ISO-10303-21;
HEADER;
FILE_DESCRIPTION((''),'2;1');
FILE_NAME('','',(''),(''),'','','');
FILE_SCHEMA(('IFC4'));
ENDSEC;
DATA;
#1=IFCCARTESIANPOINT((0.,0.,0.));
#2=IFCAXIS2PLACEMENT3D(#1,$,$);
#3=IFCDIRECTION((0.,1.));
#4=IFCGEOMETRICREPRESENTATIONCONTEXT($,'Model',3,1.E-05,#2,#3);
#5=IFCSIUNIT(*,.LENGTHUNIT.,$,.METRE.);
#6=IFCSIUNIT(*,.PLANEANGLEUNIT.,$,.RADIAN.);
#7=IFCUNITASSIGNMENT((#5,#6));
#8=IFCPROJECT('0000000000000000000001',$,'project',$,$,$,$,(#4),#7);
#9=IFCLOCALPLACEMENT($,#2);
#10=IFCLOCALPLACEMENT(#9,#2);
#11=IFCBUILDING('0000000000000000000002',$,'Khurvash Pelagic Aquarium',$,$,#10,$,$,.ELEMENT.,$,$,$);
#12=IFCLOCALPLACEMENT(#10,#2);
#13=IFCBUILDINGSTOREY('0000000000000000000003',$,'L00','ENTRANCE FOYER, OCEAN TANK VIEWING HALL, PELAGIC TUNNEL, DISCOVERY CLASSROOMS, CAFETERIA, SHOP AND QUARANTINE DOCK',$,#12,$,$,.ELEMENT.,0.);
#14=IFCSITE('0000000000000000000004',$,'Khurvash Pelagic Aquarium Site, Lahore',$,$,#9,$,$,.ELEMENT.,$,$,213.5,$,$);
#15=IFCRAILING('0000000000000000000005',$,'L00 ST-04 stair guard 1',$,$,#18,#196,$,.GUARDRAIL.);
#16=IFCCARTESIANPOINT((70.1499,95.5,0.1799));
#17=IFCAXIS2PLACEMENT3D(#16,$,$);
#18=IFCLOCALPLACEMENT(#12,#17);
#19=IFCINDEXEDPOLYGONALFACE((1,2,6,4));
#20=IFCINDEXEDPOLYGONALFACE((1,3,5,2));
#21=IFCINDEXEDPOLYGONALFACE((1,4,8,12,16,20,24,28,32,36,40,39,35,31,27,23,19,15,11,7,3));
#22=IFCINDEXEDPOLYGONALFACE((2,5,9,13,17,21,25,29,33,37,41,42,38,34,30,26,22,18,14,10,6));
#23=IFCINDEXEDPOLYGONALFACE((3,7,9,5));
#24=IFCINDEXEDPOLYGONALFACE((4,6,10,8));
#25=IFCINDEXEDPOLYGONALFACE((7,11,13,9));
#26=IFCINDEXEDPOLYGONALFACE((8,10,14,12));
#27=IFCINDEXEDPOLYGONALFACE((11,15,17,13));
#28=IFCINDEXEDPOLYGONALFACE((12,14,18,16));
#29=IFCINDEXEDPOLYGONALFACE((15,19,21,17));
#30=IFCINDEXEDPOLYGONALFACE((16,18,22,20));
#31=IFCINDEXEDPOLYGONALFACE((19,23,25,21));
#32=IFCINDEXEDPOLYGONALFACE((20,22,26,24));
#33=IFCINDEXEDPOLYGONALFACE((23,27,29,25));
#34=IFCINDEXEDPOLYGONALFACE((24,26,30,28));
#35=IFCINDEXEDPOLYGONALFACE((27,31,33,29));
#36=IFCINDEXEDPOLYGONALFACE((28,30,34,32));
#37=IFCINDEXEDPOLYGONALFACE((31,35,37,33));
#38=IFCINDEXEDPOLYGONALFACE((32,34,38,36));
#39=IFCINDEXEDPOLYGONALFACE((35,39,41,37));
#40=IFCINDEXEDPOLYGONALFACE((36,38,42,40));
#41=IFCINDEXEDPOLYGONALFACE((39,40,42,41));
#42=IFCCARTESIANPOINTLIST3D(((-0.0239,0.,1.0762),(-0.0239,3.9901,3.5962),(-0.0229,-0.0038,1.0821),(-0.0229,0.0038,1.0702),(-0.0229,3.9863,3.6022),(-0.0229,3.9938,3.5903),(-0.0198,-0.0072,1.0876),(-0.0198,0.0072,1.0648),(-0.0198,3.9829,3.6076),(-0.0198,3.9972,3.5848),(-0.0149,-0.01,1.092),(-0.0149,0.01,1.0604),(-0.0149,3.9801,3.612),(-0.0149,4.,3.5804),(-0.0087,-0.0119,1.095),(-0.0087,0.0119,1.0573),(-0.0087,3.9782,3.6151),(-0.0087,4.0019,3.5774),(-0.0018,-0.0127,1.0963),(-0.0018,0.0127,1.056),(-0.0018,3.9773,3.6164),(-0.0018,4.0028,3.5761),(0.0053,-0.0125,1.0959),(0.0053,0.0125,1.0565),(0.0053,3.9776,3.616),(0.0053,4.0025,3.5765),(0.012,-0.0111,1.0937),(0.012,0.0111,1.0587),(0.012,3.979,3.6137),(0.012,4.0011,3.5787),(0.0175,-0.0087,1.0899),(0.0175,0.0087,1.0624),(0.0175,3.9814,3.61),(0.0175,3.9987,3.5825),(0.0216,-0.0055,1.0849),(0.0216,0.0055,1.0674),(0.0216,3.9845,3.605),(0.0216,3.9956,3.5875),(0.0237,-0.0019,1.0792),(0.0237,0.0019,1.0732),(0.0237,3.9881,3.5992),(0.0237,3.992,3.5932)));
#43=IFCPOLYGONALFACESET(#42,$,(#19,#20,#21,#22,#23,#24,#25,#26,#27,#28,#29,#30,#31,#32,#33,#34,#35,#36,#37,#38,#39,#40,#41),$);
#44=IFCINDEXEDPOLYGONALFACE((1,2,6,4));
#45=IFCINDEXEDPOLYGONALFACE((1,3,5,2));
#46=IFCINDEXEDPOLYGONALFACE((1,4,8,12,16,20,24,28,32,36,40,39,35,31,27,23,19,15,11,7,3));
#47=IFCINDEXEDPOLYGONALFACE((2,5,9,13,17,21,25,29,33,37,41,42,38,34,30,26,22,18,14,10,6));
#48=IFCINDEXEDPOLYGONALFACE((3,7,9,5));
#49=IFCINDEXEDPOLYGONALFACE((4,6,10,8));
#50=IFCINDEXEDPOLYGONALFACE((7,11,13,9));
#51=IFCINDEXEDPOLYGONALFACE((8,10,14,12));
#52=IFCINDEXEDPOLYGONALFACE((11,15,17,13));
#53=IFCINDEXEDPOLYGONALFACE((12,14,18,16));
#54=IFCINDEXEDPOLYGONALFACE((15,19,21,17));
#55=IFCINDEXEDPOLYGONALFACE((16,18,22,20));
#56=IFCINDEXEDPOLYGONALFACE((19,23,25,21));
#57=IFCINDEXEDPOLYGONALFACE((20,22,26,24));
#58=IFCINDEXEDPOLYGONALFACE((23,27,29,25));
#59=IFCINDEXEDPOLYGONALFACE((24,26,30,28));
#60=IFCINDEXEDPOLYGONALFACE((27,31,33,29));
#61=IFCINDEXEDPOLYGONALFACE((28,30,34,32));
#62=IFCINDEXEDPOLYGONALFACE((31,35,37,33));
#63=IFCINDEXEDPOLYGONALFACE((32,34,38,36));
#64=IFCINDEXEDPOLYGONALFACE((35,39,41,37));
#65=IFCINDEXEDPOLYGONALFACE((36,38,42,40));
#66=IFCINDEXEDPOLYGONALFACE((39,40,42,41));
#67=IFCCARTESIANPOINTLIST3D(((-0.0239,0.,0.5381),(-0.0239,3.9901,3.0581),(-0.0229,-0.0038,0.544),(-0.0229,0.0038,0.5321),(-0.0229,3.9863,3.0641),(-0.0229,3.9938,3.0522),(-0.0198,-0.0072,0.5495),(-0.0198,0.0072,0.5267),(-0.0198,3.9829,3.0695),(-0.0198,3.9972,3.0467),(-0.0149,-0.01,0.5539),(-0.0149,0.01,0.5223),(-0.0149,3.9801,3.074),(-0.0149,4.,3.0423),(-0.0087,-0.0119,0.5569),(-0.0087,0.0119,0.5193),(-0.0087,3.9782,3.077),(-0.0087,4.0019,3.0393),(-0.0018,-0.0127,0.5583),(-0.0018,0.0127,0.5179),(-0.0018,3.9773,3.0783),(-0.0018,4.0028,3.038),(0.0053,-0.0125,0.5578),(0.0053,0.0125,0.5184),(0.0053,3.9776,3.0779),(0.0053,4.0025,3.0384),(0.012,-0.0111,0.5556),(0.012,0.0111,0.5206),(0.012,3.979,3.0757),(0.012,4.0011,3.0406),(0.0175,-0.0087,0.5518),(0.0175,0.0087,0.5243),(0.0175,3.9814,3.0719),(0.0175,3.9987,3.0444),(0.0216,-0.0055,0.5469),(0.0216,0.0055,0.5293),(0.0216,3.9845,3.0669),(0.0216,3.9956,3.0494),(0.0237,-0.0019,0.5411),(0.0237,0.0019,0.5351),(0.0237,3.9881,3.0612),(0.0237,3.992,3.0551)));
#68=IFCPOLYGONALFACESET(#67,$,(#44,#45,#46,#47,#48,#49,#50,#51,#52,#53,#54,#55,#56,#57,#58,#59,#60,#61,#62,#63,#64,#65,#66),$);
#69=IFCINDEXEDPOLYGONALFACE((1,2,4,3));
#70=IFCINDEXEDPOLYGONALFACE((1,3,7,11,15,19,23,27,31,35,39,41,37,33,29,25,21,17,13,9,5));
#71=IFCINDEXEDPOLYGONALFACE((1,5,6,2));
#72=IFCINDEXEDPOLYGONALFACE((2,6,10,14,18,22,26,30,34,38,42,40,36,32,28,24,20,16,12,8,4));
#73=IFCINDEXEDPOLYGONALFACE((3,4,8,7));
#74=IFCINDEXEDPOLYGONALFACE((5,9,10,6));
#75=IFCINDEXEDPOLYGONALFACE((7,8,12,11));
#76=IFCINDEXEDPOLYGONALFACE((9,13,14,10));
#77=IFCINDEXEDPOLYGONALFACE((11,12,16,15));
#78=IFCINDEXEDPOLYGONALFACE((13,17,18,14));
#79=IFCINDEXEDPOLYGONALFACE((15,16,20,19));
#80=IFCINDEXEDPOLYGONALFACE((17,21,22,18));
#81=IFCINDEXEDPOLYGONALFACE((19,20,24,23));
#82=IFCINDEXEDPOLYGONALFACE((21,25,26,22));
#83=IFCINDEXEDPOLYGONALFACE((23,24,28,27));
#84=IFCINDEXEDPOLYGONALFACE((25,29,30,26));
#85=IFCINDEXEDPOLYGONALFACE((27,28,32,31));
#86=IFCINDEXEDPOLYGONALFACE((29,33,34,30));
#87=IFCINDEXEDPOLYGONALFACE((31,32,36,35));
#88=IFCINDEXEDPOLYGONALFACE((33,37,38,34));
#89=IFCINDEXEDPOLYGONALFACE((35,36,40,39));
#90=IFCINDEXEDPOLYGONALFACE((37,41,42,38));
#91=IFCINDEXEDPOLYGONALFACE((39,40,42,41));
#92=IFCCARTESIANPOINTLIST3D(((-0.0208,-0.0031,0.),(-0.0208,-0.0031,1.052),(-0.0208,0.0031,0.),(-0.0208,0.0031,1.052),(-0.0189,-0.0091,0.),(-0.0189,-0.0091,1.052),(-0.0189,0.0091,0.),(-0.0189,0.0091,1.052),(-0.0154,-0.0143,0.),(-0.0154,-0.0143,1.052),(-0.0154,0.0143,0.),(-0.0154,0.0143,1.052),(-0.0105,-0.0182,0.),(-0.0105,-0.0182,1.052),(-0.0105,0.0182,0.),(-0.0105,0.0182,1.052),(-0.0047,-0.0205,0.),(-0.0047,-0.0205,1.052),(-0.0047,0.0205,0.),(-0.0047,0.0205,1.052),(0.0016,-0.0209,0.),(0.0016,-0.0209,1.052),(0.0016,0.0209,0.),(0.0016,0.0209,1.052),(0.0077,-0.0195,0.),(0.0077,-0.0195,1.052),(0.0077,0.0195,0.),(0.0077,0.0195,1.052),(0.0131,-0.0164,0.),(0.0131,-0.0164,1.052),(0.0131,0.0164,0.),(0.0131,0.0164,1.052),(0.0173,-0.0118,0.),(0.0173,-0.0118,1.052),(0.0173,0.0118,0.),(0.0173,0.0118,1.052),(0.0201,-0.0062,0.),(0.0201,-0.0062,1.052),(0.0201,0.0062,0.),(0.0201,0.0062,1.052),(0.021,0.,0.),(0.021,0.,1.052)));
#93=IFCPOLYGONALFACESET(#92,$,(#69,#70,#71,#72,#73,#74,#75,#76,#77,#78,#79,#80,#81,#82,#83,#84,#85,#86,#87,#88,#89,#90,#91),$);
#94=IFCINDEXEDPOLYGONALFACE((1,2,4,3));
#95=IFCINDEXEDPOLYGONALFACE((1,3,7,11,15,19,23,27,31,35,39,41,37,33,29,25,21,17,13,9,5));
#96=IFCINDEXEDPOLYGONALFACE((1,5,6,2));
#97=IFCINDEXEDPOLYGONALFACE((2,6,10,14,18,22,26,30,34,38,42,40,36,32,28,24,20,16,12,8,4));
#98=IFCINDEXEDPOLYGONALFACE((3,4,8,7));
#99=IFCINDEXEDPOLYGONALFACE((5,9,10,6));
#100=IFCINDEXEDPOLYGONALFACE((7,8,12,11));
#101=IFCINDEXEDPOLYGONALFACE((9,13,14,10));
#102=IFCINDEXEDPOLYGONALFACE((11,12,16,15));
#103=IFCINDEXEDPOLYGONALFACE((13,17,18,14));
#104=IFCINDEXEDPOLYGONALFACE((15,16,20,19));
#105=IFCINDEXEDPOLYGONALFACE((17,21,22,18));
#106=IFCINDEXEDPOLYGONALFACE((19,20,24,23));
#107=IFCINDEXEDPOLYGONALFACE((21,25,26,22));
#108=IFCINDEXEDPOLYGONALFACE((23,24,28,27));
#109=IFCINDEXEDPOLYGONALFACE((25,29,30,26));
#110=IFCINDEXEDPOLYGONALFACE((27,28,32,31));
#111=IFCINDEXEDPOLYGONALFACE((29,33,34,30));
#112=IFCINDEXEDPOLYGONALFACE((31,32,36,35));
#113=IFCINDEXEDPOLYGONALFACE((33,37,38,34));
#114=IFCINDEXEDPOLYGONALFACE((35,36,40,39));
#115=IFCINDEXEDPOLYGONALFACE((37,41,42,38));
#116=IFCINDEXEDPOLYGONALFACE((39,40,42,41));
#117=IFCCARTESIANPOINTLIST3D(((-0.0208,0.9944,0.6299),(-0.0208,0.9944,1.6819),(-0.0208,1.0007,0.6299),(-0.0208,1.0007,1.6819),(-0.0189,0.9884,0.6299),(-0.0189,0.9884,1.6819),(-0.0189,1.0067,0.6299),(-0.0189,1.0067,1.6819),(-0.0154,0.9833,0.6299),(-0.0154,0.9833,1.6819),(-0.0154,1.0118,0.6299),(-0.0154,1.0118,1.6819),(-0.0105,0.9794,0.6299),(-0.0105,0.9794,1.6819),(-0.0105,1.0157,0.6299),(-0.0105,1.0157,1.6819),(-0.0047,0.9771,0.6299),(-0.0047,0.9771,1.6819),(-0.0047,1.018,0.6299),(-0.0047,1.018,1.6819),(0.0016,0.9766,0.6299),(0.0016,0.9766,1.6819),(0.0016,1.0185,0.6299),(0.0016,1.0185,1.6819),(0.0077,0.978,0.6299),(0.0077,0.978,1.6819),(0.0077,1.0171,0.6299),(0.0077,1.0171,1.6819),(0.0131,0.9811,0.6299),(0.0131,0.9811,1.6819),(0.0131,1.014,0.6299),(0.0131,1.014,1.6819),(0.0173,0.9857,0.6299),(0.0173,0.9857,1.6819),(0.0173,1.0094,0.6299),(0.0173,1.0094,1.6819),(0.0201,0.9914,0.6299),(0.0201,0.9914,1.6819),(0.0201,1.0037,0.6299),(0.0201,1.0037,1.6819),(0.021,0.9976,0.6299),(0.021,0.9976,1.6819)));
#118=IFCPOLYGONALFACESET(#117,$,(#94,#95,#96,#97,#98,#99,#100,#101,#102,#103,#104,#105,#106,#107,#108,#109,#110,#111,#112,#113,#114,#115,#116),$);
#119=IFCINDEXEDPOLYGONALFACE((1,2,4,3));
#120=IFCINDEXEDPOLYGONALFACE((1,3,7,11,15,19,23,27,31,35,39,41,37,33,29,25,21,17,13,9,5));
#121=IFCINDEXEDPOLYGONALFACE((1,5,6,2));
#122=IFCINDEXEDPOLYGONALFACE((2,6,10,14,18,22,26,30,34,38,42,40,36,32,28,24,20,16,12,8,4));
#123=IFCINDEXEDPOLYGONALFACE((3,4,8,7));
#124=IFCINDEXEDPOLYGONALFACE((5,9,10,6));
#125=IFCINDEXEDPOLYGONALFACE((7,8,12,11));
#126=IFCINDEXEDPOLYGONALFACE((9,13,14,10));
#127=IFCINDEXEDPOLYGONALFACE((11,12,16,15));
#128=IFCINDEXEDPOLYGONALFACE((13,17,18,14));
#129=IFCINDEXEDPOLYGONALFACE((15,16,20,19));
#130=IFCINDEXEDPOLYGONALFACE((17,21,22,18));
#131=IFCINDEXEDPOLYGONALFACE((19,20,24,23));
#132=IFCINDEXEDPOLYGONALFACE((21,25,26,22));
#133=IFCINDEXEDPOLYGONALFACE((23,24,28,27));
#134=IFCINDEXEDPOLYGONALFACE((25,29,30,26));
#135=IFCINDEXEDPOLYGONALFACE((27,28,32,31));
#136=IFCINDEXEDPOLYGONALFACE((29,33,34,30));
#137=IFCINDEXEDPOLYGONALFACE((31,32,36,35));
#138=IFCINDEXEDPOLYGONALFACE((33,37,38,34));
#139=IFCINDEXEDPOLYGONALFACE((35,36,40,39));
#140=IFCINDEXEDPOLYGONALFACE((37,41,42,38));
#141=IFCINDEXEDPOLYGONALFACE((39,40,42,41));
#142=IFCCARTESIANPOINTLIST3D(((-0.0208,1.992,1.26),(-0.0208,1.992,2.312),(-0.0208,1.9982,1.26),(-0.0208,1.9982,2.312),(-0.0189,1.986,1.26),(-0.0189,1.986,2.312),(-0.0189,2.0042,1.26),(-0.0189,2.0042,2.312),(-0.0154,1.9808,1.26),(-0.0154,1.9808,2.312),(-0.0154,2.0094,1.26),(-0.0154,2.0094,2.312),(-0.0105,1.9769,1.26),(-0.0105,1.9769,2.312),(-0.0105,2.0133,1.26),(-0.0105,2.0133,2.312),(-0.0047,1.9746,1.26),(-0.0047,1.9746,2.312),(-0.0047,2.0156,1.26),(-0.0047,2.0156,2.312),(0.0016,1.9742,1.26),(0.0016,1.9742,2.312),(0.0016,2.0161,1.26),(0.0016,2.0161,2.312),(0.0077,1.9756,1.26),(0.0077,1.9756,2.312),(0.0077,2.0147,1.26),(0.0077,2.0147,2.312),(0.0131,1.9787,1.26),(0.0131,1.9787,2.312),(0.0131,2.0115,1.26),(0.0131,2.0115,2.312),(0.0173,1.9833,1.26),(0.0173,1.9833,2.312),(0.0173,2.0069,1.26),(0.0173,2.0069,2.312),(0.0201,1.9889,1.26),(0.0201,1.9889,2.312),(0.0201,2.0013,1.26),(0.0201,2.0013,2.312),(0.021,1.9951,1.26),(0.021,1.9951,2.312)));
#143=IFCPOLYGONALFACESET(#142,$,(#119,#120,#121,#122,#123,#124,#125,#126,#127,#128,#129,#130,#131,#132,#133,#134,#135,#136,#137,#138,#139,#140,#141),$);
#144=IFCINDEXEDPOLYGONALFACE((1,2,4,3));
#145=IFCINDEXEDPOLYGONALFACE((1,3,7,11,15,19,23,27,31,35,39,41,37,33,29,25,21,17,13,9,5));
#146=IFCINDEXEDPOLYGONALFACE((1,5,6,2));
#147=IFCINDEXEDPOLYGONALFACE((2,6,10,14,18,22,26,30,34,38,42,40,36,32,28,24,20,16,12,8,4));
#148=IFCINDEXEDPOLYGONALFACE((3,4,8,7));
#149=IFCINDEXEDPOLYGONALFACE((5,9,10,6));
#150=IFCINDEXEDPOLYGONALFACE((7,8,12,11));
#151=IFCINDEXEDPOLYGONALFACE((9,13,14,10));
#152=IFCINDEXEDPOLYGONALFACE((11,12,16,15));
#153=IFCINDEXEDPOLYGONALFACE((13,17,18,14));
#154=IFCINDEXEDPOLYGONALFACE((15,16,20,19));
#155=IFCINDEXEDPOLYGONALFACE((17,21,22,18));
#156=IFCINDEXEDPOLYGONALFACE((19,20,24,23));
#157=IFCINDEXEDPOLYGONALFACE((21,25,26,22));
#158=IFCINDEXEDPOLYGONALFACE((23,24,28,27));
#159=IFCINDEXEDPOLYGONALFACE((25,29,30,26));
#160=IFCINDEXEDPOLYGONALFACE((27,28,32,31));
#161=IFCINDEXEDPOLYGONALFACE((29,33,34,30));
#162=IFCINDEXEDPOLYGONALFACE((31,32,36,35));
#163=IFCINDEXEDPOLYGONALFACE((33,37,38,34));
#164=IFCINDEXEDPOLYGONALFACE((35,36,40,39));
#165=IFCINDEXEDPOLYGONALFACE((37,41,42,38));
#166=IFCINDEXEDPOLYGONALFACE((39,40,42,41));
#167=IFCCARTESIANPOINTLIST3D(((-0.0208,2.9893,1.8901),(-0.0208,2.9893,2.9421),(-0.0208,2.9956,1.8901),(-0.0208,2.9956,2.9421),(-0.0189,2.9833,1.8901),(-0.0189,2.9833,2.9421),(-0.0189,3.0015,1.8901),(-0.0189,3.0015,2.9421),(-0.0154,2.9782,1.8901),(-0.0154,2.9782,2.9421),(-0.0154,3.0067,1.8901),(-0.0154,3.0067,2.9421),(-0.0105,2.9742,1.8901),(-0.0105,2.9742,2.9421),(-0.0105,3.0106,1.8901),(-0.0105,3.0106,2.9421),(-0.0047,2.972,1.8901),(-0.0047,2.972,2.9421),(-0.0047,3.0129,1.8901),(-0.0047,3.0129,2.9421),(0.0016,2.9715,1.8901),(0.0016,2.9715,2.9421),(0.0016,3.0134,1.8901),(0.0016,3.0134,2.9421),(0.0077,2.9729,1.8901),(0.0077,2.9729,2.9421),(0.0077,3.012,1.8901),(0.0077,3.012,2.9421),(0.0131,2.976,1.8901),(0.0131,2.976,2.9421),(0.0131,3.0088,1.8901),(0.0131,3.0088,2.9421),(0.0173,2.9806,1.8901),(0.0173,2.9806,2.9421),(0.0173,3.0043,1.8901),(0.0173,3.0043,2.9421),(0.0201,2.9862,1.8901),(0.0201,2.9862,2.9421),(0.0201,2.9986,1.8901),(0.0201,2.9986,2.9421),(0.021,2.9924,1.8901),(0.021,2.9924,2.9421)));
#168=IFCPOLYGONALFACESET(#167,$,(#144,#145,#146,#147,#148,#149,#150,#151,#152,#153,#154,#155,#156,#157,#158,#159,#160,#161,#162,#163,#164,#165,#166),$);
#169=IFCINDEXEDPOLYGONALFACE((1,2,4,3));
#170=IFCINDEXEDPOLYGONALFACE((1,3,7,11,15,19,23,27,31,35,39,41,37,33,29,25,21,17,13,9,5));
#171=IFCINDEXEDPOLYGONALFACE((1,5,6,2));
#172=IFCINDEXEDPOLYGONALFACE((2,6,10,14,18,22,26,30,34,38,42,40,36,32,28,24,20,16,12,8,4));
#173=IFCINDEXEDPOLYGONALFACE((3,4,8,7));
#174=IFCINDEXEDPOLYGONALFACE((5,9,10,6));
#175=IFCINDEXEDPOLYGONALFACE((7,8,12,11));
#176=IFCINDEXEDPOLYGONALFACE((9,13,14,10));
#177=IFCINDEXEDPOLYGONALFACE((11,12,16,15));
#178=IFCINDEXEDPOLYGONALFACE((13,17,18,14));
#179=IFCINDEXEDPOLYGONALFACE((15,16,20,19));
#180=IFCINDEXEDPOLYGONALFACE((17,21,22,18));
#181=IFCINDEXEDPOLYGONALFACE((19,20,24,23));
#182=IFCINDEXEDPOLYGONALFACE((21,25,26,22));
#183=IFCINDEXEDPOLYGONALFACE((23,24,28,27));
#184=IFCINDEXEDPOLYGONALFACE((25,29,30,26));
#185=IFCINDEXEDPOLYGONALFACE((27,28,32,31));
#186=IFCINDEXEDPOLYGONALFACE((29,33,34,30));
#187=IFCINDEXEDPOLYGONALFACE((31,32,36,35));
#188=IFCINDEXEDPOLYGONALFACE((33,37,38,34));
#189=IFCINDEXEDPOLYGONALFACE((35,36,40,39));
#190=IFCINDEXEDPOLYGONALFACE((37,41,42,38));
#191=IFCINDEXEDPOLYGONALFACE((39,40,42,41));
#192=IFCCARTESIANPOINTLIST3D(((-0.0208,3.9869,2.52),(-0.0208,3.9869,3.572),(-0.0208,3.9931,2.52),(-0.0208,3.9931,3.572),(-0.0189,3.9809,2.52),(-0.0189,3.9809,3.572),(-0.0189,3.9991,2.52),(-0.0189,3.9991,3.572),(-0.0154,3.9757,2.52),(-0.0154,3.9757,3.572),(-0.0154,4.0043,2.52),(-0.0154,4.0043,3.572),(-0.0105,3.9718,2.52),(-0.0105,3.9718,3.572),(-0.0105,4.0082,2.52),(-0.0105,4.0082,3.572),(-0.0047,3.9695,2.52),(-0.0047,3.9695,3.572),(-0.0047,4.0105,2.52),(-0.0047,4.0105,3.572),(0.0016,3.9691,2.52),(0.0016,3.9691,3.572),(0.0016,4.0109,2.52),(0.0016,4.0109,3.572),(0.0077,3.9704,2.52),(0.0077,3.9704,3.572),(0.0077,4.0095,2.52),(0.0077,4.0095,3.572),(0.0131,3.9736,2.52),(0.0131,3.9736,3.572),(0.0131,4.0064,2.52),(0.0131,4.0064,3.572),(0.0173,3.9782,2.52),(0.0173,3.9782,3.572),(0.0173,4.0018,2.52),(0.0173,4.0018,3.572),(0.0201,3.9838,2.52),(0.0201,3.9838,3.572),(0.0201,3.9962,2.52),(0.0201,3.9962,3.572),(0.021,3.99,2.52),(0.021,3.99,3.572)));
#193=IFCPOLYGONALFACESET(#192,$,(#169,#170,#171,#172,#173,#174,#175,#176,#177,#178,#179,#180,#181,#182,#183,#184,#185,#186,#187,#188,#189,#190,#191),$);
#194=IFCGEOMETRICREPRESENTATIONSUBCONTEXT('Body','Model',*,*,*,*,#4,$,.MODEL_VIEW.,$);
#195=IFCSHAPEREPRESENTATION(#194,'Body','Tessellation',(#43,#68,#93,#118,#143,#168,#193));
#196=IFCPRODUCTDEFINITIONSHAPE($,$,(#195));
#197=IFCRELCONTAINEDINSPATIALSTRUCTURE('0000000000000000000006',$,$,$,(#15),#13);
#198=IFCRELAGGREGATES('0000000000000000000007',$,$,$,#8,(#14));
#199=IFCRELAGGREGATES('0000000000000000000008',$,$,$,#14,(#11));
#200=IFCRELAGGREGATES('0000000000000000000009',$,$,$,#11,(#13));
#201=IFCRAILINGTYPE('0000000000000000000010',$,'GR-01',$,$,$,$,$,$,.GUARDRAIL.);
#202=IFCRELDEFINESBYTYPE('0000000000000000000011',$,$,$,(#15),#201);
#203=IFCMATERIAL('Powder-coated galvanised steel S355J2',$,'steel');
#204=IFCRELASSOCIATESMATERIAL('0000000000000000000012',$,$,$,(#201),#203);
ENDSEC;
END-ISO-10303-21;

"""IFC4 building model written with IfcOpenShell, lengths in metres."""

from ifc_helpers import new_model, si_unit, direction, frame, origin, origin_2d, place, context, subcontext, project, spatial, circle, extrude, material, type_object, element, save


model = new_model("IFC4")

# Units and contexts
model_context = context("Model", 3, precision=1e-05, world=origin(), true_north=direction((0.0, 1.0)))
body_context = subcontext(model_context, "Body", "Model", "MODEL_VIEW")
ifc_project = project(units=[si_unit("LENGTHUNIT", "METRE"), si_unit("PLANEANGLEUNIT", "RADIAN")], contexts=[model_context])

# Site, building, storey
site_placement = place(None, origin())
site = spatial("IfcSite", under=ifc_project, at=site_placement, Name="Khurvash Pelagic Aquarium Site, Lahore", CompositionType="ELEMENT", RefElevation=213.5)
building_placement = place(site_placement, origin())
building = spatial("IfcBuilding", under=site, at=building_placement, Name="Khurvash Pelagic Aquarium", CompositionType="ELEMENT")
storey_placement = place(building_placement, origin())
storey = spatial("IfcBuildingStorey", under=building, at=storey_placement, Name="L00", Description="ENTRANCE FOYER, OCEAN TANK VIEWING HALL, PELAGIC TUNNEL, DISCOVERY CLASSROOMS, CAFETERIA, SHOP AND QUARANTINE DOCK", CompositionType="ELEMENT", Elevation=0.0)

# Railing
ifc_material_1 = material(Name="Powder-coated galvanised steel S355J2", Category="steel")
railing_type_1 = type_object("IfcRailingType", Name="GR-01", PredefinedType="GUARDRAIL", material=ifc_material_1)
railing_1_placement = place(storey_placement, frame((70.1499, 95.5, 0.1799)))
element("IfcRailing", 1, at=railing_1_placement, inside=storey, type_object=railing_type_1, Name="L00 ST-04 stair guard 1", PredefinedType="GUARDRAIL", context=body_context, shape_type="SweptSolid", body=[
    extrude(circle(Radius=0.0239, at=origin_2d()), frame((0.0, 0.0, 1.0762), z_axis=(0.0, 0.845486, 0.533997), x_axis=(-1.0, 0.0, 0.0)), (0.0, 0.0, 1.0), 4.7192),
    extrude(circle(Radius=0.0239, at=origin_2d()), frame((0.0, 0.0, 0.5381), z_axis=(0.0, 0.845486, 0.533997), x_axis=(-1.0, 0.0, 0.0)), (0.0, 0.0, 1.0), 4.7192),
    extrude(circle(Radius=0.021, at=origin_2d()), origin(), (0.0, 0.0, 1.0), 1.052),
    extrude(circle(Radius=0.021, at=origin_2d()), frame((0.0, 0.9976, 0.6299)), (0.0, 0.0, 1.0), 1.052),
    extrude(circle(Radius=0.021, at=origin_2d()), frame((0.0, 1.9951, 1.26)), (0.0, 0.0, 1.0), 1.052),
    extrude(circle(Radius=0.021, at=origin_2d()), frame((0.0, 2.9924, 1.8901)), (0.0, 0.0, 1.0), 1.052),
    extrude(circle(Radius=0.021, at=origin_2d()), frame((0.0, 3.99, 2.52)), (0.0, 0.0, 1.0), 1.052),
])

save(model, "model.ifc")
